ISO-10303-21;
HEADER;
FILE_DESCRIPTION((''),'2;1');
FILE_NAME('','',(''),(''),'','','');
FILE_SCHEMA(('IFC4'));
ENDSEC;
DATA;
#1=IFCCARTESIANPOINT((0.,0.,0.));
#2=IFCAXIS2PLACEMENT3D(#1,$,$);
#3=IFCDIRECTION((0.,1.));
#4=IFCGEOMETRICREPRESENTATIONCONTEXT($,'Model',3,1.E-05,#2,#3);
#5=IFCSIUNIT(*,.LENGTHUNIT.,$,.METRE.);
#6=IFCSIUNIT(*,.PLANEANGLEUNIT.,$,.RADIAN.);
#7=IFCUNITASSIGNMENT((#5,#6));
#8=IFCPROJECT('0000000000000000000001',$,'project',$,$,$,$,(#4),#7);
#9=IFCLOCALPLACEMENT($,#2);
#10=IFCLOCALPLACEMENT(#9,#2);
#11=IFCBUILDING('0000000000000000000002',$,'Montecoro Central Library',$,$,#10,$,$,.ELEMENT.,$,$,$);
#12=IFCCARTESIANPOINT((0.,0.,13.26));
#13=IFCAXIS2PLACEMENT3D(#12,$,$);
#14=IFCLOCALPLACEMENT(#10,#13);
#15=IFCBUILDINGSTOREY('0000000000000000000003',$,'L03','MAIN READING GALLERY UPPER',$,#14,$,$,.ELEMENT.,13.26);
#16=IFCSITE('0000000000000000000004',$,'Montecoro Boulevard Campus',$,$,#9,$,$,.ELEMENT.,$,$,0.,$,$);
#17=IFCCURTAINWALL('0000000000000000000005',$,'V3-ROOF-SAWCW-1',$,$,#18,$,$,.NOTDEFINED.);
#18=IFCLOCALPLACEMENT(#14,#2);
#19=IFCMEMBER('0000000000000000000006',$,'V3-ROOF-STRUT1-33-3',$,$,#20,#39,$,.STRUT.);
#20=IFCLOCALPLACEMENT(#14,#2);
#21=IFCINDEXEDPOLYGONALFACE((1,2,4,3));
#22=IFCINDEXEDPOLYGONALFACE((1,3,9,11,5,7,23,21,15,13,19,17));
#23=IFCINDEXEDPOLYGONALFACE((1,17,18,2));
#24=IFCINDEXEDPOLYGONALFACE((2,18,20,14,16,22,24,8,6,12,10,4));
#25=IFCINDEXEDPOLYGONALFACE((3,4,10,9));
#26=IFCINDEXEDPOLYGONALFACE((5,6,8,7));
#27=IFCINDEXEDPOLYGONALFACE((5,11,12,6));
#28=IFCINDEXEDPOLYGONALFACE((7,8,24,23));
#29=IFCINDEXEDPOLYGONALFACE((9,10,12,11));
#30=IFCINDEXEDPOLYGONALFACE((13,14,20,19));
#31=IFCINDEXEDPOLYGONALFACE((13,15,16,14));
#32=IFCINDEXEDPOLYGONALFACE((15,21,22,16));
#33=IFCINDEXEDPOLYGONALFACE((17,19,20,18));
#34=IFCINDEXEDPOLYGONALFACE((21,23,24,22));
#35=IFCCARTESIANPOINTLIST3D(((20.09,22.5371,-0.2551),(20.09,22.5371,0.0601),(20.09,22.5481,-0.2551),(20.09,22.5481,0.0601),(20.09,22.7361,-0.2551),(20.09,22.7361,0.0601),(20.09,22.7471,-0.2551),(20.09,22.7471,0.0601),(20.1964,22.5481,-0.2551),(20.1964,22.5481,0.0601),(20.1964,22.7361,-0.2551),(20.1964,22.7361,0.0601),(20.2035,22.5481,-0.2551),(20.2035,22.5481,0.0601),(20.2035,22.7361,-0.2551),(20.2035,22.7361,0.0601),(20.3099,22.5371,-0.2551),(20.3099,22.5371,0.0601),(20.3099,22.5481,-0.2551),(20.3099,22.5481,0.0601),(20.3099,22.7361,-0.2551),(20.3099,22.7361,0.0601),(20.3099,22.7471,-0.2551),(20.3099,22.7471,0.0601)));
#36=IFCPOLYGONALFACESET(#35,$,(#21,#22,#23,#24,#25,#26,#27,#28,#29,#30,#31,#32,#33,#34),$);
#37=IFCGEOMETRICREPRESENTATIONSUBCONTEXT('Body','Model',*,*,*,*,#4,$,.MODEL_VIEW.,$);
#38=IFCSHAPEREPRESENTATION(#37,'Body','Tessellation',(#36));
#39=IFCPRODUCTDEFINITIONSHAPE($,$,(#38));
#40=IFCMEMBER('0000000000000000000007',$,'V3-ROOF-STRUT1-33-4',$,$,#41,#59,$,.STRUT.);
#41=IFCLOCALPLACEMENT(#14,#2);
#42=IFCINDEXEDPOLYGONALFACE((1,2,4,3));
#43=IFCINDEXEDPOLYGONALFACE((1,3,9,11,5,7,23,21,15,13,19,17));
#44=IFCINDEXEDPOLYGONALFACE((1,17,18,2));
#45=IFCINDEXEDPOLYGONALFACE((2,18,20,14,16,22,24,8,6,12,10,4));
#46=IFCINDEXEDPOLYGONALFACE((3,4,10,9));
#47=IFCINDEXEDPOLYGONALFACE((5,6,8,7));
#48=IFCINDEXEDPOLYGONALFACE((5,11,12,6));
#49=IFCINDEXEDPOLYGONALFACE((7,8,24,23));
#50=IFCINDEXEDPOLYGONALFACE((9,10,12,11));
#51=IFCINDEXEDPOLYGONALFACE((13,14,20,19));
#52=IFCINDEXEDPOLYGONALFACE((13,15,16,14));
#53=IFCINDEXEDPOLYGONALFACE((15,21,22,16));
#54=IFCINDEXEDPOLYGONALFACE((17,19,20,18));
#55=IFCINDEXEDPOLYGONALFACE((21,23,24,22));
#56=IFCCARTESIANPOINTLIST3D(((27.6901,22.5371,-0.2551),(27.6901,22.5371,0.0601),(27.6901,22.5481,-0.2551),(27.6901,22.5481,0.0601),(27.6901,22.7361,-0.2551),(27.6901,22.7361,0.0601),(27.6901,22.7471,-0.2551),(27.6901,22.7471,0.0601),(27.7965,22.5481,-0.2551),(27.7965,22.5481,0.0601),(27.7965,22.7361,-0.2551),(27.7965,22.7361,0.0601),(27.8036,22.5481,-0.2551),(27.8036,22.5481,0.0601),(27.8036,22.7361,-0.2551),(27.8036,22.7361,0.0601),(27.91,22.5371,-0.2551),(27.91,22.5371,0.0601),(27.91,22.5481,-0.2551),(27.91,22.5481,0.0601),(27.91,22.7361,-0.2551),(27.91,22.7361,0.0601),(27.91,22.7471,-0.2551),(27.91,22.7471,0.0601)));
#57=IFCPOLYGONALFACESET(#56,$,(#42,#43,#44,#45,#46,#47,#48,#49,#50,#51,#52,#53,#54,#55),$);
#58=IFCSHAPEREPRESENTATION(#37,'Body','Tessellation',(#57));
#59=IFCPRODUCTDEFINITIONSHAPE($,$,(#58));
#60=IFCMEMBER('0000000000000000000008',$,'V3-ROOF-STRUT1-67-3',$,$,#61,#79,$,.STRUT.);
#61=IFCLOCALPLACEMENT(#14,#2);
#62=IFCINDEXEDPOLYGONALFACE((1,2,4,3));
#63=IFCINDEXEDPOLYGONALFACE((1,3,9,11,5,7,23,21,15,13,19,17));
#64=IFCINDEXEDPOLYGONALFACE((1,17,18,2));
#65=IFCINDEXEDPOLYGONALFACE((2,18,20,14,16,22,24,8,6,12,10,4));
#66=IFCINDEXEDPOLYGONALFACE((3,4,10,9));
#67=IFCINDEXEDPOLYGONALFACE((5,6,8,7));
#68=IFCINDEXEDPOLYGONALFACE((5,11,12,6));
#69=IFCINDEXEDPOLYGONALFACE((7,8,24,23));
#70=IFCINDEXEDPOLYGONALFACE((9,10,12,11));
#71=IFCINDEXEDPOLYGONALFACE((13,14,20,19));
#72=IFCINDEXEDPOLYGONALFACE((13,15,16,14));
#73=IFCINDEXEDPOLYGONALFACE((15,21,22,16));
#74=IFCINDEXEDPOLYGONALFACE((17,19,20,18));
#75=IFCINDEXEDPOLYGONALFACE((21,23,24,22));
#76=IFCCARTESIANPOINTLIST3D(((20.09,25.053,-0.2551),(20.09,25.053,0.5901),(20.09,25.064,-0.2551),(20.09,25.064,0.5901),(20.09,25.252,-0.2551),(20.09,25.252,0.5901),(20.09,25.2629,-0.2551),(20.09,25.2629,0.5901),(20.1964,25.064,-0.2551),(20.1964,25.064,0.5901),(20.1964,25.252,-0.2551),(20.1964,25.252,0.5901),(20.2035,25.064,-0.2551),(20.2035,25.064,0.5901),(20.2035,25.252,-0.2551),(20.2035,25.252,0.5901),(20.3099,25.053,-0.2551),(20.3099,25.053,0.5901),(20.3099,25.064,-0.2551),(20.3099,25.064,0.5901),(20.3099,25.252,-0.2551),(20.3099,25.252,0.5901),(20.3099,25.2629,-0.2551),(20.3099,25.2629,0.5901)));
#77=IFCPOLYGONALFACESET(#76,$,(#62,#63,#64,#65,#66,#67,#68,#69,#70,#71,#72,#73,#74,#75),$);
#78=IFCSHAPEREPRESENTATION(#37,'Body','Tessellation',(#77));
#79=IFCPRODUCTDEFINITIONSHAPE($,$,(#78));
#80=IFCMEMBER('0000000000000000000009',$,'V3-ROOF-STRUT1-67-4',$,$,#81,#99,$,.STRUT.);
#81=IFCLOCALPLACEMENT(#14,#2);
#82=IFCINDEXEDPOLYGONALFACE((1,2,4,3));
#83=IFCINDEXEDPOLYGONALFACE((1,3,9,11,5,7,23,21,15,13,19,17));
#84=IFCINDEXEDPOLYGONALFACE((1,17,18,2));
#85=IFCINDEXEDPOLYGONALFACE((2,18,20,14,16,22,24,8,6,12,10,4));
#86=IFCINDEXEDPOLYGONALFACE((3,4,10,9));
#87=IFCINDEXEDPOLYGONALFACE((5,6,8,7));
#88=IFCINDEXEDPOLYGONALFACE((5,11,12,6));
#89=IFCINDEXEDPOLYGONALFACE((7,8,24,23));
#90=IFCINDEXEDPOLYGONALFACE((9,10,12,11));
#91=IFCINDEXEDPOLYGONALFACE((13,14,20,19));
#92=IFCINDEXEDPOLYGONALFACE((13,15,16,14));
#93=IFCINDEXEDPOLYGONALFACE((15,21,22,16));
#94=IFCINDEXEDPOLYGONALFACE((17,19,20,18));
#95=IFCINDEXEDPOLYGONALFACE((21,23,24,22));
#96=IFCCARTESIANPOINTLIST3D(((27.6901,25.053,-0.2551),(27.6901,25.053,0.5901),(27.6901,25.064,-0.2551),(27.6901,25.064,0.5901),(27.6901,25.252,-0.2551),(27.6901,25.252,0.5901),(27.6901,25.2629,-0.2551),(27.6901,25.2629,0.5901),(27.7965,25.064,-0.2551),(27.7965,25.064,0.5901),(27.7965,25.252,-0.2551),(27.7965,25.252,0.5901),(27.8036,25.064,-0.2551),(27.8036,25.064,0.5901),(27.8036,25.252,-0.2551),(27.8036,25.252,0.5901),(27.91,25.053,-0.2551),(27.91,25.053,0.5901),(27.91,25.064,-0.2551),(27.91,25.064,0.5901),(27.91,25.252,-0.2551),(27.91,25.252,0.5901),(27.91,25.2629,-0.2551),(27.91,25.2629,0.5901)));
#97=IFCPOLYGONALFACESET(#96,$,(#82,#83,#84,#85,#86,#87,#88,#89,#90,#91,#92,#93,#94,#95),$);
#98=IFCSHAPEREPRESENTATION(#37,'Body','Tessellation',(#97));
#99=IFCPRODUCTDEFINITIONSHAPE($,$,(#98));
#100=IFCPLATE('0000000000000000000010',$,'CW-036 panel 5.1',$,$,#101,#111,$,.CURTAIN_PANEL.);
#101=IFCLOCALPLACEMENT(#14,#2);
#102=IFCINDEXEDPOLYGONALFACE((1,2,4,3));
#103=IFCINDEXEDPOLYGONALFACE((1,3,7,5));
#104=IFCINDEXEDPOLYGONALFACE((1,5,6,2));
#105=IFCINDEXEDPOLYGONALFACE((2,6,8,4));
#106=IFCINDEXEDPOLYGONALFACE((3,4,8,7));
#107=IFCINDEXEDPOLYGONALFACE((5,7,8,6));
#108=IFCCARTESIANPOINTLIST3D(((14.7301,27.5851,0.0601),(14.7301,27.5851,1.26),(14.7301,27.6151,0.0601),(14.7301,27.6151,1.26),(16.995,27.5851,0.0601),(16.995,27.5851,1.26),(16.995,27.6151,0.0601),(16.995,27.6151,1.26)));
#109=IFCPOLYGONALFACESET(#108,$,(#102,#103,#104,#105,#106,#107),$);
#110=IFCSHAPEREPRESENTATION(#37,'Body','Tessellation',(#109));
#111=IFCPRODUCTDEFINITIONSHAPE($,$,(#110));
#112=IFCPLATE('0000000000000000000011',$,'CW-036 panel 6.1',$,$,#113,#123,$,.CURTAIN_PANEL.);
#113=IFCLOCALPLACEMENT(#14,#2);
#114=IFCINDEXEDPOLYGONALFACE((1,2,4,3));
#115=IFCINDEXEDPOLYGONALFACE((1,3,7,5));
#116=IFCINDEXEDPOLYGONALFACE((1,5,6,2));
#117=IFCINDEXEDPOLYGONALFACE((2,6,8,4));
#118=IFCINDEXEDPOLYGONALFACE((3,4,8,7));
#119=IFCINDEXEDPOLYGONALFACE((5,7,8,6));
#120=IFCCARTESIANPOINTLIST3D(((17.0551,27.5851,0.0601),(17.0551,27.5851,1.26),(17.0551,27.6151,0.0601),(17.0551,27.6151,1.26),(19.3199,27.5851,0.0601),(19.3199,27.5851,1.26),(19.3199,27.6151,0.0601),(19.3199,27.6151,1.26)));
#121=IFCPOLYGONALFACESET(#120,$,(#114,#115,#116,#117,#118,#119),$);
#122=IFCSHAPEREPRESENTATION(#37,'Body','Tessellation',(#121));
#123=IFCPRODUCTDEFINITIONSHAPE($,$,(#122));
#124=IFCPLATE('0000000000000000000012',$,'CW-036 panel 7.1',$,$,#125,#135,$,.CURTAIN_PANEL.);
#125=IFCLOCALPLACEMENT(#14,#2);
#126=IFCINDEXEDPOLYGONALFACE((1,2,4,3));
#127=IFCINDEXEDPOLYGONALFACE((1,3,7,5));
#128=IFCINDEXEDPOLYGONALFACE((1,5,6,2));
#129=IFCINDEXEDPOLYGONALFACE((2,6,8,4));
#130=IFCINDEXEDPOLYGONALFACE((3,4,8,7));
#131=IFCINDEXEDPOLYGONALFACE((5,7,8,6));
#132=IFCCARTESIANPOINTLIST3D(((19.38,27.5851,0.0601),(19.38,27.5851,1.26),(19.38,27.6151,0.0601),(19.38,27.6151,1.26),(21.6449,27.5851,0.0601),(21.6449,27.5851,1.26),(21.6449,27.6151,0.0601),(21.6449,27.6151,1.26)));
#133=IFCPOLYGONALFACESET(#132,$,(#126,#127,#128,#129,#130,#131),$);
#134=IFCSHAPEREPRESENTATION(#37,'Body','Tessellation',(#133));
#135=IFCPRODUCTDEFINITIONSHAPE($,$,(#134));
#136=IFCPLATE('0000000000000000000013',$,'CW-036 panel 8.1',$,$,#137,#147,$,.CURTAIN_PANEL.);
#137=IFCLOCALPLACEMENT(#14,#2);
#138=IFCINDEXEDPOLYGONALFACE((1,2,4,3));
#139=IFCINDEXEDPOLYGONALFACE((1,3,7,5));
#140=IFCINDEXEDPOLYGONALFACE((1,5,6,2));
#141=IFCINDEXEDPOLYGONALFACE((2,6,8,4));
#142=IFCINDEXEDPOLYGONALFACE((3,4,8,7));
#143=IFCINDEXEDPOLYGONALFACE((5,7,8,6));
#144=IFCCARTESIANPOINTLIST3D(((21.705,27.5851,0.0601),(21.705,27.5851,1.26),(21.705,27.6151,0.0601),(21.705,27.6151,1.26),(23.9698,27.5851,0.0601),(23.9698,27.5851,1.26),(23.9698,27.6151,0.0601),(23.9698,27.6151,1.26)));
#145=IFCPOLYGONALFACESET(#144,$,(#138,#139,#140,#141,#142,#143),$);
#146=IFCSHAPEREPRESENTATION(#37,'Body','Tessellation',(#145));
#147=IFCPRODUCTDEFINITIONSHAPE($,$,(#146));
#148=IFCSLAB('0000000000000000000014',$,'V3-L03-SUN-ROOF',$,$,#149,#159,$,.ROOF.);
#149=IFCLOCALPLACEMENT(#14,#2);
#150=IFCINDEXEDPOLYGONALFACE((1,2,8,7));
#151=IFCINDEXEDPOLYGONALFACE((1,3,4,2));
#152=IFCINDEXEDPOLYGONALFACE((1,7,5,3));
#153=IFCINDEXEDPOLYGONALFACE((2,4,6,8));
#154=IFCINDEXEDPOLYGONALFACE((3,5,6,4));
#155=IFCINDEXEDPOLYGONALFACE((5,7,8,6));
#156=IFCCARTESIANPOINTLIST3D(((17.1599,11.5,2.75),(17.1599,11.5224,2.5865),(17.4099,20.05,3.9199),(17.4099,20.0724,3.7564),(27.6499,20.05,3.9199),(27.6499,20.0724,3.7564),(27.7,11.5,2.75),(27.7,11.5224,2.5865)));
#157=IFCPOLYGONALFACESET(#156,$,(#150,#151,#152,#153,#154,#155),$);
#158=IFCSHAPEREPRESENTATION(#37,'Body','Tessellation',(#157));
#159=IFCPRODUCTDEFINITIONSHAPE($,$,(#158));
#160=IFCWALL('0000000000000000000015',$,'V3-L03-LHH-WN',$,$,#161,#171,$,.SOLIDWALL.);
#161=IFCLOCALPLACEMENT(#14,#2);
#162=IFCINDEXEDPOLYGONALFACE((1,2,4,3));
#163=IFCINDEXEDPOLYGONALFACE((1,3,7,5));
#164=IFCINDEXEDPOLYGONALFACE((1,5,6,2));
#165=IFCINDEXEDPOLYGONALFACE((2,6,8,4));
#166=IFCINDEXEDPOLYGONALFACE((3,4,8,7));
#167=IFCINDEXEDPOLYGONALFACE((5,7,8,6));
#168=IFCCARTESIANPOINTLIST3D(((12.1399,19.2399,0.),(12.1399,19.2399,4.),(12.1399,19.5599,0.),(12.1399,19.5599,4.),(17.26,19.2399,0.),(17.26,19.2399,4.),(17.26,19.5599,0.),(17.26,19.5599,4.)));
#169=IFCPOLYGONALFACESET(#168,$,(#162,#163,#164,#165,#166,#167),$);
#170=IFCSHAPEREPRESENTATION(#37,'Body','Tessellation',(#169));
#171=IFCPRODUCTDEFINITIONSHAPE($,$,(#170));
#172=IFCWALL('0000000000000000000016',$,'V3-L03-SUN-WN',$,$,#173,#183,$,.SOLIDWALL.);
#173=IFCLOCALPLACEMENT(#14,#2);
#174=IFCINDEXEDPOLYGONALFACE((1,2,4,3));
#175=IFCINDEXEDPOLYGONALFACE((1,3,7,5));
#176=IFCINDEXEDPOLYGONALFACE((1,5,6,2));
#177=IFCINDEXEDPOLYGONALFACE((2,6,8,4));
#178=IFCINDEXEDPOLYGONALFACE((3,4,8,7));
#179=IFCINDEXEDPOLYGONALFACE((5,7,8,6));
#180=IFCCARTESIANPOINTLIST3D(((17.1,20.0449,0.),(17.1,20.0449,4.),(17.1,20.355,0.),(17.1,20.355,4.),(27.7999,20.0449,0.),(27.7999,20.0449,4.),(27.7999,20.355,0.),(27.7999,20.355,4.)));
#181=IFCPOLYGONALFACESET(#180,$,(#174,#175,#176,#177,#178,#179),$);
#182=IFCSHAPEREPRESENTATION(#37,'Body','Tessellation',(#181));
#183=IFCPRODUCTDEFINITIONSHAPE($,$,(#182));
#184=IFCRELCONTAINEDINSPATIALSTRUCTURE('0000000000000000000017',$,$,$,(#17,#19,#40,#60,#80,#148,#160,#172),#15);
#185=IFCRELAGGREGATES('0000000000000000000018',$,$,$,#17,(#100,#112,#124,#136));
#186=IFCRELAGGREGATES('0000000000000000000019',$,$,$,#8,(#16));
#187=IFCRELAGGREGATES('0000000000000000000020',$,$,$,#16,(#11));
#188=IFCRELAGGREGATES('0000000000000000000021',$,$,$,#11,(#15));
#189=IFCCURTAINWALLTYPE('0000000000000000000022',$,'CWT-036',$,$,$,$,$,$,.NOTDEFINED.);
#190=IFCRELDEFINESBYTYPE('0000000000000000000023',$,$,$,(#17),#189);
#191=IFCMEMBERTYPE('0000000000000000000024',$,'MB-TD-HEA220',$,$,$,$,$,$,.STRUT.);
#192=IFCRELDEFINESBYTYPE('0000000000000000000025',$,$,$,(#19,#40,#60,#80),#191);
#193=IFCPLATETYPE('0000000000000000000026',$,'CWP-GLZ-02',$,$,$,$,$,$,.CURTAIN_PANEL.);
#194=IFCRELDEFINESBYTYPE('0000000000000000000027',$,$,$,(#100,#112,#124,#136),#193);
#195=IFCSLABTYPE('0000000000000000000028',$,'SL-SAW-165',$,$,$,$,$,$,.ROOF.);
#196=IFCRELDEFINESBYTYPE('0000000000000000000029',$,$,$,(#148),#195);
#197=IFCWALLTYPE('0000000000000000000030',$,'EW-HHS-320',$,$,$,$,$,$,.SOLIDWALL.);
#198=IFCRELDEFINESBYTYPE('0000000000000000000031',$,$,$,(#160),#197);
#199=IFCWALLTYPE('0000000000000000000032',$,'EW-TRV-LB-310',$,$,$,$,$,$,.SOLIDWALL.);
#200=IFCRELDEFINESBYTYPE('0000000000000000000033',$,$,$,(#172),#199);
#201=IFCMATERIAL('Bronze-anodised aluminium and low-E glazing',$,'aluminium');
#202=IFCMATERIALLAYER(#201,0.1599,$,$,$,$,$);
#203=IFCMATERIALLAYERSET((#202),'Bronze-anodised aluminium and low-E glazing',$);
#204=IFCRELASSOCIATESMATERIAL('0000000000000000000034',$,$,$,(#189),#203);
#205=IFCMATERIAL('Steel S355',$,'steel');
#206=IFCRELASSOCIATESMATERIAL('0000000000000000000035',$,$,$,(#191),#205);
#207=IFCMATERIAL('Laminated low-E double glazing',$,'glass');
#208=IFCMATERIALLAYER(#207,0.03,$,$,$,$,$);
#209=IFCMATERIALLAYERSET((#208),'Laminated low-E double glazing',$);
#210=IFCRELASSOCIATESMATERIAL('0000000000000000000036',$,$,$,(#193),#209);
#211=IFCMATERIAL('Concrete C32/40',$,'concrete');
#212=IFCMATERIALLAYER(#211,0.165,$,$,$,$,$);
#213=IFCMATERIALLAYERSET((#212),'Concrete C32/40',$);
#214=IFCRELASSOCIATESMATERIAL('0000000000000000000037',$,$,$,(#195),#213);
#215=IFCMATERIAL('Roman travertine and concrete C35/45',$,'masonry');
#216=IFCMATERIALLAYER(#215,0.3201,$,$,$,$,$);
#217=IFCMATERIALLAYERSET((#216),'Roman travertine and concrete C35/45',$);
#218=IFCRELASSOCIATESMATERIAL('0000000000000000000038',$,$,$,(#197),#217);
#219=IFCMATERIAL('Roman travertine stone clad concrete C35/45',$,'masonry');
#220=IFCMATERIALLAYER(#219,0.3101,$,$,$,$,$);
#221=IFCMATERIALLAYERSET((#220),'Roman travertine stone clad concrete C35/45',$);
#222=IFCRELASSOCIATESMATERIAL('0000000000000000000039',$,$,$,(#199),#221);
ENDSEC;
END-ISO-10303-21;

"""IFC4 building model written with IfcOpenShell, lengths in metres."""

from ifc_helpers import new_model, si_unit, direction, frame, frame_2d, origin, origin_2d, place, context, subcontext, project, spatial, polyline, rectangle, i_section, outline, extrude, material, layer, layer_set, material_profile, profile_set, type_object, element, aggregate, save


model = new_model("IFC4")

# Units and contexts
model_context = context("Model", 3, precision=1e-05, world=origin(), true_north=direction((0.0, 1.0)))
body_context = subcontext(model_context, "Body", "Model", "MODEL_VIEW")
ifc_project = project(units=[si_unit("LENGTHUNIT", "METRE"), si_unit("PLANEANGLEUNIT", "RADIAN")], contexts=[model_context])

# Site, building, storey
site_placement = place(None, origin())
site = spatial("IfcSite", under=ifc_project, at=site_placement, Name="Montecoro Boulevard Campus", CompositionType="ELEMENT", RefElevation=0.0)
building_placement = place(site_placement, origin())
building = spatial("IfcBuilding", under=site, at=building_placement, Name="Montecoro Central Library", CompositionType="ELEMENT")
storey_placement = place(building_placement, frame((0.0, 0.0, 13.26)))
storey = spatial("IfcBuildingStorey", under=building, at=storey_placement, Name="L03", Description="MAIN READING GALLERY UPPER", CompositionType="ELEMENT", Elevation=13.26)

# Curtain wall
ifc_material_1 = material(Name="Bronze-anodised aluminium and low-E glazing", Category="aluminium")
ifc_layer_1 = layer(ifc_material_1, 0.1599)
ifc_layer_set_1 = layer_set([ifc_layer_1], Name="Bronze-anodised aluminium and low-E glazing")
curtain_wall_type = type_object("IfcCurtainWallType", Name="CWT-036", PredefinedType="NOTDEFINED", material=ifc_layer_set_1)
curtain_wall_placement = place(storey_placement, origin())
curtain_wall = element("IfcCurtainWall", 1, at=curtain_wall_placement, inside=storey, type_object=curtain_wall_type, Name="V3-ROOF-SAWCW-1", PredefinedType="NOTDEFINED")

# Members
ifc_material_2 = material(Name="Steel S355", Category="steel")
ifc_material_profile_1 = material_profile(ifc_material_2, i_section(OverallWidth=0.22, OverallDepth=0.21, WebThickness=0.0071, FlangeThickness=0.011, at=origin_2d()), Name="HEA 220")
ifc_profile_set_1 = profile_set([ifc_material_profile_1], Name="Steel S355")
member_type_1 = type_object("IfcMemberType", Name="MB-TD-HEA220", PredefinedType="STRUT", material=ifc_profile_set_1)
for number, where, z_axis, x_axis, name in (
    (2, (20.2, 22.6421, -0.2551), (0.0, 0.0, 1.0), (1.0, 0.0, 0.0), "V3-ROOF-STRUT1-33-3"),
    (3, (27.8, 22.6421, -0.2551), (0.0, 0.0, 1.0), (1.0, 0.0, 0.0), "V3-ROOF-STRUT1-33-4"),
):
    element("IfcMember", number, at=place(storey_placement, frame(where, z_axis=z_axis, x_axis=x_axis)), inside=storey, type_object=member_type_1, Name=name, PredefinedType="STRUT", context=body_context, shape_type="SweptSolid", body=[
        extrude(i_section(OverallWidth=0.22, OverallDepth=0.21, WebThickness=0.0071, FlangeThickness=0.011, at=origin_2d()), origin(), (0.0, 0.0, 1.0), 0.3152),
    ])
for number, where, z_axis, x_axis, name in (
    (4, (20.2, 25.158, -0.2551), (0.0, 0.0, 1.0), (1.0, 0.0, 0.0), "V3-ROOF-STRUT1-67-3"),
    (5, (27.8, 25.158, -0.2551), (0.0, 0.0, 1.0), (1.0, 0.0, 0.0), "V3-ROOF-STRUT1-67-4"),
):
    element("IfcMember", number, at=place(storey_placement, frame(where, z_axis=z_axis, x_axis=x_axis)), inside=storey, type_object=member_type_1, Name=name, PredefinedType="STRUT", context=body_context, shape_type="SweptSolid", body=[
        extrude(i_section(OverallWidth=0.22, OverallDepth=0.21, WebThickness=0.0071, FlangeThickness=0.011, at=origin_2d()), origin(), (0.0, 0.0, 1.0), 0.8452),
    ])

# Plates
ifc_material_3 = material(Name="Laminated low-E double glazing", Category="glass")
ifc_layer_2 = layer(ifc_material_3, 0.03)
ifc_layer_set_2 = layer_set([ifc_layer_2], Name="Laminated low-E double glazing")
plate_type = type_object("IfcPlateType", Name="CWP-GLZ-02", PredefinedType="CURTAIN_PANEL", material=ifc_layer_set_2)
plate_1_placement = place(storey_placement, frame((15.8625, 27.6001, 0.0601), z_axis=(0.0, 0.0, 1.0), x_axis=(1.0, 0.0, 0.0)))
plate_1 = element("IfcPlate", 6, at=plate_1_placement, type_object=plate_type, Name="CW-036 panel 5.1", PredefinedType="CURTAIN_PANEL", context=body_context, shape_type="SweptSolid", body=[
    extrude(rectangle(XDim=2.2649, YDim=0.03, at=origin_2d()), origin(), (0.0, 0.0, 1.0), 1.2),
])
plate_2_placement = place(storey_placement, frame((18.1875, 27.6001, 0.0601), z_axis=(0.0, 0.0, 1.0), x_axis=(1.0, 0.0, 0.0)))
plate_2 = element("IfcPlate", 7, at=plate_2_placement, type_object=plate_type, Name="CW-036 panel 6.1", PredefinedType="CURTAIN_PANEL", context=body_context, shape_type="SweptSolid", body=[
    extrude(rectangle(XDim=2.2649, YDim=0.03, at=origin_2d()), origin(), (0.0, 0.0, 1.0), 1.2),
])
plate_3_placement = place(storey_placement, frame((20.5125, 27.6001, 0.0601), z_axis=(0.0, 0.0, 1.0), x_axis=(1.0, 0.0, 0.0)))
plate_3 = element("IfcPlate", 8, at=plate_3_placement, type_object=plate_type, Name="CW-036 panel 7.1", PredefinedType="CURTAIN_PANEL", context=body_context, shape_type="SweptSolid", body=[
    extrude(rectangle(XDim=2.2649, YDim=0.03, at=origin_2d()), origin(), (0.0, 0.0, 1.0), 1.2),
])
plate_4_placement = place(storey_placement, frame((22.8374, 27.6001, 0.0601), z_axis=(0.0, 0.0, 1.0), x_axis=(1.0, 0.0, 0.0)))
plate_4 = element("IfcPlate", 9, at=plate_4_placement, type_object=plate_type, Name="CW-036 panel 8.1", PredefinedType="CURTAIN_PANEL", context=body_context, shape_type="SweptSolid", body=[
    extrude(rectangle(XDim=2.2649, YDim=0.03, at=origin_2d()), origin(), (0.0, 0.0, 1.0), 1.2),
])
aggregate(curtain_wall, [plate_1, plate_2, plate_3, plate_4])

# Slab
ifc_material_4 = material(Name="Concrete C32/40", Category="concrete")
ifc_layer_3 = layer(ifc_material_4, 0.165)
ifc_layer_set_3 = layer_set([ifc_layer_3], Name="Concrete C32/40")
slab_type = type_object("IfcSlabType", Name="SL-SAW-165", PredefinedType="ROOF", material=ifc_layer_set_3)
slab_placement = place(storey_placement, frame((17.1599, 11.5, 2.75), z_axis=(0.0, -0.135569, 0.990768), x_axis=(1.0, 0.0, 0.0)))
element("IfcSlab", 10, at=slab_placement, inside=storey, type_object=slab_type, Name="V3-L03-SUN-ROOF", PredefinedType="ROOF", context=body_context, shape_type="SweptSolid", body=[
    extrude(outline(polyline([(0.0, 0.0), (10.54, 0.0), (10.49, 8.6297), (0.25, 8.6297), (0.0, 0.0)])), origin(), (0.0, 0.0, -1.0), 0.165),
])

# Walls
ifc_material_5 = material(Name="Roman travertine and concrete C35/45", Category="masonry")
ifc_layer_4 = layer(ifc_material_5, 0.3201)
ifc_layer_set_4 = layer_set([ifc_layer_4], Name="Roman travertine and concrete C35/45")
wall_type_1 = type_object("IfcWallType", Name="EW-HHS-320", PredefinedType="SOLIDWALL", material=ifc_layer_set_4)
wall_1_placement = place(storey_placement, frame((17.26, 19.3999, 0.0), z_axis=(0.0, 0.0, 1.0), x_axis=(-1.0, 0.0, 0.0)))
element("IfcWall", 11, at=wall_1_placement, inside=storey, type_object=wall_type_1, Name="V3-L03-LHH-WN", PredefinedType="SOLIDWALL", context=body_context, shape_type="SweptSolid", body=[
    extrude(rectangle(XDim=5.1201, YDim=0.3201, at=frame_2d((2.5601, 0.0))), origin(), (0.0, 0.0, 1.0), 4.0),
])
ifc_material_6 = material(Name="Roman travertine stone clad concrete C35/45", Category="masonry")
ifc_layer_5 = layer(ifc_material_6, 0.3101)
ifc_layer_set_5 = layer_set([ifc_layer_5], Name="Roman travertine stone clad concrete C35/45")
wall_type_2 = type_object("IfcWallType", Name="EW-TRV-LB-310", PredefinedType="SOLIDWALL", material=ifc_layer_set_5)
wall_2_placement = place(storey_placement, frame((27.8, 20.2, 0.0), z_axis=(0.0, 0.0, 1.0), x_axis=(-1.0, 0.0, 0.0)))
element("IfcWall", 12, at=wall_2_placement, inside=storey, type_object=wall_type_2, Name="V3-L03-SUN-WN", PredefinedType="SOLIDWALL", context=body_context, shape_type="SweptSolid", body=[
    extrude(rectangle(XDim=10.7, YDim=0.3101, at=frame_2d((5.3501, 0.0))), origin(), (0.0, 0.0, 1.0), 4.0),
])

save(model, "model.ifc")
